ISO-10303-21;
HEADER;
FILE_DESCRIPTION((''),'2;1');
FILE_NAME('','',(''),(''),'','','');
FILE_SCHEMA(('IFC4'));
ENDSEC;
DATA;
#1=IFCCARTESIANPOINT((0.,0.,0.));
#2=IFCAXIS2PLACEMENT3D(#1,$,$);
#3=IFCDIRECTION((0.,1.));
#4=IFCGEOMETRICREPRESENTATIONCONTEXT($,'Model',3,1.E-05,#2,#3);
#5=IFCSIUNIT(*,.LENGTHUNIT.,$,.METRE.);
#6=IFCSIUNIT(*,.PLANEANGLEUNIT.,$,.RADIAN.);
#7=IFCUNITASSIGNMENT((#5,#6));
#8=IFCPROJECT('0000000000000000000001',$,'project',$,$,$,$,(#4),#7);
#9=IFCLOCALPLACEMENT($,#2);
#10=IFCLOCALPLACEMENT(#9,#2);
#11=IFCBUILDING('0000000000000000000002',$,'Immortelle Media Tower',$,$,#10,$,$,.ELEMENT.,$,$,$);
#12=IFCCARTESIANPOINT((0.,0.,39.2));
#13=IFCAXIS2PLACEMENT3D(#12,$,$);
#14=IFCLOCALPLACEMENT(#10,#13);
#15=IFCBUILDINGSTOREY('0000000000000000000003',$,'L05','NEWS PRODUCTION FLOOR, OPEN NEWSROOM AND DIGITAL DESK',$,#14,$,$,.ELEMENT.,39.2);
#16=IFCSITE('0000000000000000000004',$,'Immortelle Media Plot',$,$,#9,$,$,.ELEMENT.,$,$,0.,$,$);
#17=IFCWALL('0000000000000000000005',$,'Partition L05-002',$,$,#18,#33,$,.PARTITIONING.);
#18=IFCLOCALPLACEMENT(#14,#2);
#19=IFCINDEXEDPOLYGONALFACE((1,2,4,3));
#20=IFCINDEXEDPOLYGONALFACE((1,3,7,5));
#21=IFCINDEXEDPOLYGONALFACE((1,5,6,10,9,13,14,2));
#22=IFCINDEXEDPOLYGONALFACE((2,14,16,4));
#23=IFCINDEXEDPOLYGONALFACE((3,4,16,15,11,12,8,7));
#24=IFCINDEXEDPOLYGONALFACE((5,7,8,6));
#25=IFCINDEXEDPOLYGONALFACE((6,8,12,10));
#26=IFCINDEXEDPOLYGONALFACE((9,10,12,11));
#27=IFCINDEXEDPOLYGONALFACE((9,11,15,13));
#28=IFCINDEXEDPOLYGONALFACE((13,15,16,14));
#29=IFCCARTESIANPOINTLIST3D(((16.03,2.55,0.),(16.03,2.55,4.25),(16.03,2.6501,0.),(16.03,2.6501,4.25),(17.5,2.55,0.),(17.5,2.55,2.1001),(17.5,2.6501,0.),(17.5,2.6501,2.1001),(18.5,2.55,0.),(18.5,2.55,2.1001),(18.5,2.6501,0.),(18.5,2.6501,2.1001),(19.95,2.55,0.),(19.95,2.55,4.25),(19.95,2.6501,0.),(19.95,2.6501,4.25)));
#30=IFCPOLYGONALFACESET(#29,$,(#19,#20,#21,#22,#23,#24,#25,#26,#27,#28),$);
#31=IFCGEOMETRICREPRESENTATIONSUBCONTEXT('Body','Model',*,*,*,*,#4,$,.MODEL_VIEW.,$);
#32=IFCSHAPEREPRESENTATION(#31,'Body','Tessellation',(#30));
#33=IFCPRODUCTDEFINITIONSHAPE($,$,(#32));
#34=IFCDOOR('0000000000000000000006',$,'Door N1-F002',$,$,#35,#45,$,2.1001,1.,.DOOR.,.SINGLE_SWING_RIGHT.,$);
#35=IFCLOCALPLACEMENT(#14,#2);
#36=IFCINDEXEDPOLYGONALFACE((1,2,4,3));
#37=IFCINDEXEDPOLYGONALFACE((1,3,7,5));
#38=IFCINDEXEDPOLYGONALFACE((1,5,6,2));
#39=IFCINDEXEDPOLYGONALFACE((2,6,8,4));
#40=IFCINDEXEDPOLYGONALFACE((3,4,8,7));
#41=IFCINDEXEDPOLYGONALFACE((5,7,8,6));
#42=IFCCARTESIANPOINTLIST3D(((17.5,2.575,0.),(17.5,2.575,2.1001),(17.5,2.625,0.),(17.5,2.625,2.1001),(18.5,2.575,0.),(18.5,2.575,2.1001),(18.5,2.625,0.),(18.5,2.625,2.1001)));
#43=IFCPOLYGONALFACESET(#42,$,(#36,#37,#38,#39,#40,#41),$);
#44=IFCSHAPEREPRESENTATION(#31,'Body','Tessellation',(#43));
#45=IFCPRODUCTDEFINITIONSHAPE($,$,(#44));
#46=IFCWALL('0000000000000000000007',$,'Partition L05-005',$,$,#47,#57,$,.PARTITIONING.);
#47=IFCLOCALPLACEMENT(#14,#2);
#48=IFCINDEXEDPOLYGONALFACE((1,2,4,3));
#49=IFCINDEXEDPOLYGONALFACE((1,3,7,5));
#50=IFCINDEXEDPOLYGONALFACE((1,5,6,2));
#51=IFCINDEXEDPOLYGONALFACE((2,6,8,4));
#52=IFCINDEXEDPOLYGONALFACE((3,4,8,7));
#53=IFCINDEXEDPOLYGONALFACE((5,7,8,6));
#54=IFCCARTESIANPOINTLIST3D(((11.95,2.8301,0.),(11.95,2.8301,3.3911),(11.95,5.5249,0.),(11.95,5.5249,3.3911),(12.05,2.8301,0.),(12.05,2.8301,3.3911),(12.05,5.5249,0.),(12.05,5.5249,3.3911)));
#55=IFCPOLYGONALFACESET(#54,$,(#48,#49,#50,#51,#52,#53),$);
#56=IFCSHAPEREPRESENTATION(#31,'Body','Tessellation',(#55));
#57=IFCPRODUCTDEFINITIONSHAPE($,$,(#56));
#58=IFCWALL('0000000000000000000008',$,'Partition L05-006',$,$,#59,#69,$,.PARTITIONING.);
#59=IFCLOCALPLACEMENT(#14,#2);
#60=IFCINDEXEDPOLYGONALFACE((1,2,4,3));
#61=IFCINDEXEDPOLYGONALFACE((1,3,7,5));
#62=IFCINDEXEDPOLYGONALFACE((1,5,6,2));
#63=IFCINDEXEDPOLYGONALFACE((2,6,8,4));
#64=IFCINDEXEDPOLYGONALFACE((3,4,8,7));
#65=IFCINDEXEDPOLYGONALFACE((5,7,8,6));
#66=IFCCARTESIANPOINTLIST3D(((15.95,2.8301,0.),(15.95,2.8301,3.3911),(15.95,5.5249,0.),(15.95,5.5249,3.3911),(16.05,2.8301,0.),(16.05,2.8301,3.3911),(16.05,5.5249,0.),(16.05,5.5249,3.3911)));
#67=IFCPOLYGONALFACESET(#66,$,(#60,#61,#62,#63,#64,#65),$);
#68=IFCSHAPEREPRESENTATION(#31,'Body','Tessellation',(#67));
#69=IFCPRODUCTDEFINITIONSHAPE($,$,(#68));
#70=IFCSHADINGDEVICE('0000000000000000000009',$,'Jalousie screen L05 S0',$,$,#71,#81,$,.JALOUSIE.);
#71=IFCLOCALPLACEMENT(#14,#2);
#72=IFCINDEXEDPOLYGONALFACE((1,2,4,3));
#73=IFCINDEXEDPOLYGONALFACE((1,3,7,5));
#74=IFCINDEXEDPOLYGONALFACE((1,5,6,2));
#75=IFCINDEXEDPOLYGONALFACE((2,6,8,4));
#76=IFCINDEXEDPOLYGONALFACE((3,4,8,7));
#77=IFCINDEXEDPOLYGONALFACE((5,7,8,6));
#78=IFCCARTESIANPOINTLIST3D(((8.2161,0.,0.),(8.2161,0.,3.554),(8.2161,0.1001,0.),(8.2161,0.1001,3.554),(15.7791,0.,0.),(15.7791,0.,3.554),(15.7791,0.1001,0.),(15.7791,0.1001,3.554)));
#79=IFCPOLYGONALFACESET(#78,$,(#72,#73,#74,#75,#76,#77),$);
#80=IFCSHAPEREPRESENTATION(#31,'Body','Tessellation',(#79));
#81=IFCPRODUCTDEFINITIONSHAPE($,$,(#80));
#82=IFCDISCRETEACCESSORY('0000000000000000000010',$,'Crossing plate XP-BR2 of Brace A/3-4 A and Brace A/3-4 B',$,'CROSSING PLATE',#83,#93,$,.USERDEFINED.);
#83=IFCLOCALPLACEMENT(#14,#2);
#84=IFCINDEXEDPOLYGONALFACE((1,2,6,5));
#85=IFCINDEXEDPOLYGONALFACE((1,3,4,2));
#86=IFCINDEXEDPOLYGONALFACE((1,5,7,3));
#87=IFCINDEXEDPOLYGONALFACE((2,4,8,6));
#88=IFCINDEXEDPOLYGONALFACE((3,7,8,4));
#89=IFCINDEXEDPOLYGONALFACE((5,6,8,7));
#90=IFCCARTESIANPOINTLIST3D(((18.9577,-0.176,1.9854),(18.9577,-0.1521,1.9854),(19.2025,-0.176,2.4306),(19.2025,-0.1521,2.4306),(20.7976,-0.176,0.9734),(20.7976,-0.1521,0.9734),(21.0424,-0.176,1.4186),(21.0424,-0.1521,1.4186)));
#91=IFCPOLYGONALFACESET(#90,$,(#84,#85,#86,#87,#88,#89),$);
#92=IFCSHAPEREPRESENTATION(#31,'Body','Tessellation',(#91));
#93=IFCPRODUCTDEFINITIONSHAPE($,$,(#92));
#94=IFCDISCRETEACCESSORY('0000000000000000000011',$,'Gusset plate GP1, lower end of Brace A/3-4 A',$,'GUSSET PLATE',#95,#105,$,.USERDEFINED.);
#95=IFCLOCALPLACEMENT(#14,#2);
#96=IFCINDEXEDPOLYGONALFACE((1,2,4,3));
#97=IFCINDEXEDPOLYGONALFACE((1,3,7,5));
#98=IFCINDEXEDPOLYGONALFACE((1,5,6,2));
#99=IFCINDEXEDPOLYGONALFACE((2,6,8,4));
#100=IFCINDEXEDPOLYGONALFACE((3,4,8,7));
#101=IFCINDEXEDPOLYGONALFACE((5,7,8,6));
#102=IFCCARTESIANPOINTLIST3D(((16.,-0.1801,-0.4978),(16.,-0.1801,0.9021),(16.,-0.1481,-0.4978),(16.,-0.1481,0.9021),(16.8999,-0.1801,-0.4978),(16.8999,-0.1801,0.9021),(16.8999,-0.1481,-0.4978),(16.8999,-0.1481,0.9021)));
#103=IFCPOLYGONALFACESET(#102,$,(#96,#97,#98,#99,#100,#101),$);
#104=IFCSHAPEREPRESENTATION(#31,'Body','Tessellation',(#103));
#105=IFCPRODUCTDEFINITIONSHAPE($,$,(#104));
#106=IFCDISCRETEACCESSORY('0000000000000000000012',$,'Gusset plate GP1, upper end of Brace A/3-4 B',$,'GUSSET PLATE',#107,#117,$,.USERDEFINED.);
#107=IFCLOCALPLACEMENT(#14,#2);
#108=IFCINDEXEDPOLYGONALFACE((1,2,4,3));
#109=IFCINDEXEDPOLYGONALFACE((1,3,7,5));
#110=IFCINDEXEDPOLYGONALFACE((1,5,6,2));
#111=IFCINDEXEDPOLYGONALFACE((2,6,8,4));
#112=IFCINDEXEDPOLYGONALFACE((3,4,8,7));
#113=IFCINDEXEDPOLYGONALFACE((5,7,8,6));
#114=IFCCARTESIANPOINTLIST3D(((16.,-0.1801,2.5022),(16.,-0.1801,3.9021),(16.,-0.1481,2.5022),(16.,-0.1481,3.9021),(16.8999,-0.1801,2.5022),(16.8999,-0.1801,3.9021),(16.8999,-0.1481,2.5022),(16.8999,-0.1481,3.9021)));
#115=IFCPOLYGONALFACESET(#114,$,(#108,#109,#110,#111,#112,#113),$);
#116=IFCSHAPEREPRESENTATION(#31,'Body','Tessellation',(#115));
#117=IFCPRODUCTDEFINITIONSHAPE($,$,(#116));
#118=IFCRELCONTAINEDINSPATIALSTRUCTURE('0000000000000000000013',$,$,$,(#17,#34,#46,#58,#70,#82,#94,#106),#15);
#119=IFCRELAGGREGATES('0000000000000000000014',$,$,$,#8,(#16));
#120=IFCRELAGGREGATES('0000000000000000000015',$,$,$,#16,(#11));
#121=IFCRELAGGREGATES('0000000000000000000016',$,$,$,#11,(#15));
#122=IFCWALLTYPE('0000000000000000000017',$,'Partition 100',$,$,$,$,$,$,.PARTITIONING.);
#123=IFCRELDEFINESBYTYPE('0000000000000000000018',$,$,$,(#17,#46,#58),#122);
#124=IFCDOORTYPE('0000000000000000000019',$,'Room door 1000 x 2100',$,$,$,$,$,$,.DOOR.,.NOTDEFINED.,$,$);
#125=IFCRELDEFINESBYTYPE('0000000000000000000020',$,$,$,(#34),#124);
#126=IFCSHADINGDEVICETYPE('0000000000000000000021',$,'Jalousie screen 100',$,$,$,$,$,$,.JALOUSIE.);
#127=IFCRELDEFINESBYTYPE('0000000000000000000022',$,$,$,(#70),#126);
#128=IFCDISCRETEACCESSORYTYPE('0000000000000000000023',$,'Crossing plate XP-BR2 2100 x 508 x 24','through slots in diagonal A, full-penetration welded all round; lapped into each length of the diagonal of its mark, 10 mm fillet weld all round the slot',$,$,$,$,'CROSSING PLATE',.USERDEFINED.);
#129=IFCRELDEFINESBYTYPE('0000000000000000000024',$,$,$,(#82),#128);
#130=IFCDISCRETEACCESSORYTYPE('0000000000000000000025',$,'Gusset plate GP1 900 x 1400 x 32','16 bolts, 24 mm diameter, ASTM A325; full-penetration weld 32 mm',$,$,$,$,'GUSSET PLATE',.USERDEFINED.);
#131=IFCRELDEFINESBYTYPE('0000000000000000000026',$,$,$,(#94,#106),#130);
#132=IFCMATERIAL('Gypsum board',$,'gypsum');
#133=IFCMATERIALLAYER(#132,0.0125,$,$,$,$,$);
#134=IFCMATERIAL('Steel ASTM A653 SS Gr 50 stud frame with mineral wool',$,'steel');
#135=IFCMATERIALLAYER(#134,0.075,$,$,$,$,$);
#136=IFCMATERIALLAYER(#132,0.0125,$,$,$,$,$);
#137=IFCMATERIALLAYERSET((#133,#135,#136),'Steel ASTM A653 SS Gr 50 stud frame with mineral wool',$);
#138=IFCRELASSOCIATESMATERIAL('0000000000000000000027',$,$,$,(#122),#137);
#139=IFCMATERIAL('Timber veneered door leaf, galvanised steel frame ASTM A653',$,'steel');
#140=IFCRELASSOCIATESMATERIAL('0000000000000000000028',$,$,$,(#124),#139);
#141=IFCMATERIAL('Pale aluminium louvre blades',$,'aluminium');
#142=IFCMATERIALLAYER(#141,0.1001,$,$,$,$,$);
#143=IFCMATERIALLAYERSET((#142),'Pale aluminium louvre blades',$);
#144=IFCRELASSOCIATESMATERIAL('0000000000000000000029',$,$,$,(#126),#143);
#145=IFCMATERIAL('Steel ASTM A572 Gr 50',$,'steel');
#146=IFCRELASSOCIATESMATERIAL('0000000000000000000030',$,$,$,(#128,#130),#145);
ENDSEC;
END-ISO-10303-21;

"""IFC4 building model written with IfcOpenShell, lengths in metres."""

from ifc_helpers import new_model, si_unit, direction, frame, frame_2d, origin, origin_2d, place, context, subcontext, project, spatial, rectangle, extrude, material, layer, layer_set, material_profile, profile_set, type_object, element, fill, save


model = new_model("IFC4")

# Units and contexts
model_context = context("Model", 3, precision=1e-05, world=origin(), true_north=direction((0.0, 1.0)))
body_context = subcontext(model_context, "Body", "Model", "MODEL_VIEW")
ifc_project = project(units=[si_unit("LENGTHUNIT", "METRE"), si_unit("PLANEANGLEUNIT", "RADIAN")], contexts=[model_context])

# Site, building, storey
site_placement = place(None, origin())
site = spatial("IfcSite", under=ifc_project, at=site_placement, Name="Immortelle Media Plot", CompositionType="ELEMENT", RefElevation=0.0)
building_placement = place(site_placement, origin())
building = spatial("IfcBuilding", under=site, at=building_placement, Name="Immortelle Media Tower", CompositionType="ELEMENT")
storey_placement = place(building_placement, frame((0.0, 0.0, 39.2)))
storey = spatial("IfcBuildingStorey", under=building, at=storey_placement, Name="L05", Description="NEWS PRODUCTION FLOOR, OPEN NEWSROOM AND DIGITAL DESK", CompositionType="ELEMENT", Elevation=39.2)

# Shared definitions
ifc_material_1 = material(Name="Steel ASTM A653 SS Gr 50 stud frame with mineral wool", Category="steel")

# Wall, opening, door
ifc_material_2 = material(Name="Gypsum board", Category="gypsum")
ifc_layer_1 = layer(ifc_material_2, 0.0125)
ifc_layer_2 = layer(ifc_material_1, 0.075)
ifc_layer_3 = layer(ifc_material_2, 0.0125)
ifc_layer_set_1 = layer_set([ifc_layer_1, ifc_layer_2, ifc_layer_3], Name="Steel ASTM A653 SS Gr 50 stud frame with mineral wool")
wall_type_1 = type_object("IfcWallType", Name="Partition 100", PredefinedType="PARTITIONING", material=ifc_layer_set_1)
wall_1_placement = place(storey_placement, frame((16.03, 2.6001, 0.0), z_axis=(0.0, 0.0, 1.0), x_axis=(1.0, 0.0, 0.0)))
wall_1 = element("IfcWall", 1, at=wall_1_placement, inside=storey, type_object=wall_type_1, Name="Partition L05-002", PredefinedType="PARTITIONING", context=body_context, shape_type="SweptSolid", body=[
    extrude(rectangle(XDim=3.9199, YDim=0.1001, at=frame_2d((1.96, 0.0))), origin(), (0.0, 0.0, 1.0), 4.25),
])
opening_placement = place(wall_1_placement, frame((1.47, 0.0, 0.0)))
opening = element("IfcOpeningElement", 2, at=opening_placement, cuts=wall_1, PredefinedType="OPENING", context=body_context, shape_type="SweptSolid", body=[
    extrude(rectangle(XDim=1.0, YDim=2.1001, at=frame_2d((0.5, 1.05))), frame((0.0, 0.0601, 0.0), z_axis=(0.0, -1.0, 0.0), x_axis=(1.0, 0.0, 0.0)), (0.0, 0.0, 1.0), 0.1201),
])
ifc_material_3 = material(Name="Timber veneered door leaf, galvanised steel frame ASTM A653", Category="steel")
door_type = type_object("IfcDoorType", Name="Room door 1000 x 2100", OperationType="NOTDEFINED", PredefinedType="DOOR", material=ifc_material_3)
door_placement = place(opening_placement, origin())
door = element("IfcDoor", 3, at=door_placement, inside=storey, type_object=door_type, Name="Door N1-F002", OperationType="SINGLE_SWING_RIGHT", OverallHeight=2.1001, OverallWidth=1.0, PredefinedType="DOOR", context=body_context, shape_type="SweptSolid", body=[
    extrude(rectangle(XDim=1.0, YDim=2.1001, at=frame_2d((0.5, 1.05))), frame((0.0, 0.0249, 0.0), z_axis=(0.0, -1.0, 0.0), x_axis=(1.0, 0.0, 0.0)), (0.0, 0.0, 1.0), 0.05),
])
fill(opening, door)

# Walls
for number, where, z_axis, x_axis, name in (
    (4, (12.0, 2.8301, 0.0), (0.0, 0.0, 1.0), (0.0, 1.0, 0.0), "Partition L05-005"),
    (5, (16.0, 2.8301, 0.0), (0.0, 0.0, 1.0), (0.0, 1.0, 0.0), "Partition L05-006"),
):
    element("IfcWall", number, at=place(storey_placement, frame(where, z_axis=z_axis, x_axis=x_axis)), inside=storey, type_object=wall_type_1, Name=name, PredefinedType="PARTITIONING", context=body_context, shape_type="SweptSolid", body=[
        extrude(rectangle(XDim=2.6948, YDim=0.1001, at=frame_2d((1.3474, 0.0))), origin(), (0.0, 0.0, 1.0), 3.3911),
    ])

# Shading device
ifc_material_4 = material(Name="Pale aluminium louvre blades", Category="aluminium")
ifc_layer_4 = layer(ifc_material_4, 0.1001)
ifc_layer_set_2 = layer_set([ifc_layer_4], Name="Pale aluminium louvre blades")
shading_device_type = type_object("IfcShadingDeviceType", Name="Jalousie screen 100", PredefinedType="JALOUSIE", material=ifc_layer_set_2)
shading_device_placement = place(storey_placement, frame((11.9976, 0.05, 0.0), z_axis=(0.0, 0.0, 1.0), x_axis=(1.0, 0.0, 0.0)))
element("IfcShadingDevice", 6, at=shading_device_placement, inside=storey, type_object=shading_device_type, Name="Jalousie screen L05 S0", PredefinedType="JALOUSIE", context=body_context, shape_type="SweptSolid", body=[
    extrude(rectangle(XDim=7.563, YDim=0.1001, at=origin_2d()), origin(), (0.0, 0.0, 1.0), 3.554),
])

# Discrete accessories
ifc_material_5 = material(Name="Steel ASTM A572 Gr 50", Category="steel")
ifc_material_profile_1 = material_profile(ifc_material_5, rectangle(XDim=0.0239, YDim=0.5081, at=origin_2d()), Name="PL 24 x 508")
ifc_profile_set_1 = profile_set([ifc_material_profile_1], Name="Steel ASTM A572 Gr 50")
discrete_accessory_type_1 = type_object("IfcDiscreteAccessoryType", Name="Crossing plate XP-BR2 2100 x 508 x 24", Description="through slots in diagonal A, full-penetration welded all round; lapped into each length of the diagonal of its mark, 10 mm fillet weld all round the slot", ElementType="CROSSING PLATE", PredefinedType="USERDEFINED", material=ifc_profile_set_1)
discrete_accessory_placement = place(storey_placement, frame((19.0801, -0.1641, 2.208), z_axis=(0.876206, 0.0, -0.481937), x_axis=(0.0, 1.0, 0.0)))
element("IfcDiscreteAccessory", 7, at=discrete_accessory_placement, inside=storey, type_object=discrete_accessory_type_1, Name="Crossing plate XP-BR2 of Brace A/3-4 A and Brace A/3-4 B", ObjectType="CROSSING PLATE", PredefinedType="USERDEFINED", context=body_context, shape_type="SweptSolid", body=[
    extrude(rectangle(XDim=0.0239, YDim=0.5081, at=origin_2d()), origin(), (0.0, 0.0, 1.0), 2.0999),
])
ifc_material_profile_2 = material_profile(ifc_material_5, rectangle(XDim=0.032, YDim=1.3999, at=origin_2d()), Name="PL 32 x 1400")
ifc_profile_set_2 = profile_set([ifc_material_profile_2], Name="Steel ASTM A572 Gr 50")
discrete_accessory_type_2 = type_object("IfcDiscreteAccessoryType", Name="Gusset plate GP1 900 x 1400 x 32", Description="16 bolts, 24 mm diameter, ASTM A325; full-penetration weld 32 mm", ElementType="GUSSET PLATE", PredefinedType="USERDEFINED", material=ifc_profile_set_2)
for number, where, z_axis, x_axis, name in (
    (8, (16.0, -0.1641, 0.2021), (1.0, 0.0, 0.0), (0.0, 1.0, 0.0), "Gusset plate GP1, lower end of Brace A/3-4 A"),
    (9, (16.0, -0.1641, 3.2021), (1.0, 0.0, 0.0), (0.0, 1.0, 0.0), "Gusset plate GP1, upper end of Brace A/3-4 B"),
):
    element("IfcDiscreteAccessory", number, at=place(storey_placement, frame(where, z_axis=z_axis, x_axis=x_axis)), inside=storey, type_object=discrete_accessory_type_2, Name=name, ObjectType="GUSSET PLATE", PredefinedType="USERDEFINED", context=body_context, shape_type="SweptSolid", body=[
        extrude(rectangle(XDim=0.032, YDim=1.3999, at=origin_2d()), origin(), (0.0, 0.0, 1.0), 0.8999),
    ])

save(model, "model.ifc")
